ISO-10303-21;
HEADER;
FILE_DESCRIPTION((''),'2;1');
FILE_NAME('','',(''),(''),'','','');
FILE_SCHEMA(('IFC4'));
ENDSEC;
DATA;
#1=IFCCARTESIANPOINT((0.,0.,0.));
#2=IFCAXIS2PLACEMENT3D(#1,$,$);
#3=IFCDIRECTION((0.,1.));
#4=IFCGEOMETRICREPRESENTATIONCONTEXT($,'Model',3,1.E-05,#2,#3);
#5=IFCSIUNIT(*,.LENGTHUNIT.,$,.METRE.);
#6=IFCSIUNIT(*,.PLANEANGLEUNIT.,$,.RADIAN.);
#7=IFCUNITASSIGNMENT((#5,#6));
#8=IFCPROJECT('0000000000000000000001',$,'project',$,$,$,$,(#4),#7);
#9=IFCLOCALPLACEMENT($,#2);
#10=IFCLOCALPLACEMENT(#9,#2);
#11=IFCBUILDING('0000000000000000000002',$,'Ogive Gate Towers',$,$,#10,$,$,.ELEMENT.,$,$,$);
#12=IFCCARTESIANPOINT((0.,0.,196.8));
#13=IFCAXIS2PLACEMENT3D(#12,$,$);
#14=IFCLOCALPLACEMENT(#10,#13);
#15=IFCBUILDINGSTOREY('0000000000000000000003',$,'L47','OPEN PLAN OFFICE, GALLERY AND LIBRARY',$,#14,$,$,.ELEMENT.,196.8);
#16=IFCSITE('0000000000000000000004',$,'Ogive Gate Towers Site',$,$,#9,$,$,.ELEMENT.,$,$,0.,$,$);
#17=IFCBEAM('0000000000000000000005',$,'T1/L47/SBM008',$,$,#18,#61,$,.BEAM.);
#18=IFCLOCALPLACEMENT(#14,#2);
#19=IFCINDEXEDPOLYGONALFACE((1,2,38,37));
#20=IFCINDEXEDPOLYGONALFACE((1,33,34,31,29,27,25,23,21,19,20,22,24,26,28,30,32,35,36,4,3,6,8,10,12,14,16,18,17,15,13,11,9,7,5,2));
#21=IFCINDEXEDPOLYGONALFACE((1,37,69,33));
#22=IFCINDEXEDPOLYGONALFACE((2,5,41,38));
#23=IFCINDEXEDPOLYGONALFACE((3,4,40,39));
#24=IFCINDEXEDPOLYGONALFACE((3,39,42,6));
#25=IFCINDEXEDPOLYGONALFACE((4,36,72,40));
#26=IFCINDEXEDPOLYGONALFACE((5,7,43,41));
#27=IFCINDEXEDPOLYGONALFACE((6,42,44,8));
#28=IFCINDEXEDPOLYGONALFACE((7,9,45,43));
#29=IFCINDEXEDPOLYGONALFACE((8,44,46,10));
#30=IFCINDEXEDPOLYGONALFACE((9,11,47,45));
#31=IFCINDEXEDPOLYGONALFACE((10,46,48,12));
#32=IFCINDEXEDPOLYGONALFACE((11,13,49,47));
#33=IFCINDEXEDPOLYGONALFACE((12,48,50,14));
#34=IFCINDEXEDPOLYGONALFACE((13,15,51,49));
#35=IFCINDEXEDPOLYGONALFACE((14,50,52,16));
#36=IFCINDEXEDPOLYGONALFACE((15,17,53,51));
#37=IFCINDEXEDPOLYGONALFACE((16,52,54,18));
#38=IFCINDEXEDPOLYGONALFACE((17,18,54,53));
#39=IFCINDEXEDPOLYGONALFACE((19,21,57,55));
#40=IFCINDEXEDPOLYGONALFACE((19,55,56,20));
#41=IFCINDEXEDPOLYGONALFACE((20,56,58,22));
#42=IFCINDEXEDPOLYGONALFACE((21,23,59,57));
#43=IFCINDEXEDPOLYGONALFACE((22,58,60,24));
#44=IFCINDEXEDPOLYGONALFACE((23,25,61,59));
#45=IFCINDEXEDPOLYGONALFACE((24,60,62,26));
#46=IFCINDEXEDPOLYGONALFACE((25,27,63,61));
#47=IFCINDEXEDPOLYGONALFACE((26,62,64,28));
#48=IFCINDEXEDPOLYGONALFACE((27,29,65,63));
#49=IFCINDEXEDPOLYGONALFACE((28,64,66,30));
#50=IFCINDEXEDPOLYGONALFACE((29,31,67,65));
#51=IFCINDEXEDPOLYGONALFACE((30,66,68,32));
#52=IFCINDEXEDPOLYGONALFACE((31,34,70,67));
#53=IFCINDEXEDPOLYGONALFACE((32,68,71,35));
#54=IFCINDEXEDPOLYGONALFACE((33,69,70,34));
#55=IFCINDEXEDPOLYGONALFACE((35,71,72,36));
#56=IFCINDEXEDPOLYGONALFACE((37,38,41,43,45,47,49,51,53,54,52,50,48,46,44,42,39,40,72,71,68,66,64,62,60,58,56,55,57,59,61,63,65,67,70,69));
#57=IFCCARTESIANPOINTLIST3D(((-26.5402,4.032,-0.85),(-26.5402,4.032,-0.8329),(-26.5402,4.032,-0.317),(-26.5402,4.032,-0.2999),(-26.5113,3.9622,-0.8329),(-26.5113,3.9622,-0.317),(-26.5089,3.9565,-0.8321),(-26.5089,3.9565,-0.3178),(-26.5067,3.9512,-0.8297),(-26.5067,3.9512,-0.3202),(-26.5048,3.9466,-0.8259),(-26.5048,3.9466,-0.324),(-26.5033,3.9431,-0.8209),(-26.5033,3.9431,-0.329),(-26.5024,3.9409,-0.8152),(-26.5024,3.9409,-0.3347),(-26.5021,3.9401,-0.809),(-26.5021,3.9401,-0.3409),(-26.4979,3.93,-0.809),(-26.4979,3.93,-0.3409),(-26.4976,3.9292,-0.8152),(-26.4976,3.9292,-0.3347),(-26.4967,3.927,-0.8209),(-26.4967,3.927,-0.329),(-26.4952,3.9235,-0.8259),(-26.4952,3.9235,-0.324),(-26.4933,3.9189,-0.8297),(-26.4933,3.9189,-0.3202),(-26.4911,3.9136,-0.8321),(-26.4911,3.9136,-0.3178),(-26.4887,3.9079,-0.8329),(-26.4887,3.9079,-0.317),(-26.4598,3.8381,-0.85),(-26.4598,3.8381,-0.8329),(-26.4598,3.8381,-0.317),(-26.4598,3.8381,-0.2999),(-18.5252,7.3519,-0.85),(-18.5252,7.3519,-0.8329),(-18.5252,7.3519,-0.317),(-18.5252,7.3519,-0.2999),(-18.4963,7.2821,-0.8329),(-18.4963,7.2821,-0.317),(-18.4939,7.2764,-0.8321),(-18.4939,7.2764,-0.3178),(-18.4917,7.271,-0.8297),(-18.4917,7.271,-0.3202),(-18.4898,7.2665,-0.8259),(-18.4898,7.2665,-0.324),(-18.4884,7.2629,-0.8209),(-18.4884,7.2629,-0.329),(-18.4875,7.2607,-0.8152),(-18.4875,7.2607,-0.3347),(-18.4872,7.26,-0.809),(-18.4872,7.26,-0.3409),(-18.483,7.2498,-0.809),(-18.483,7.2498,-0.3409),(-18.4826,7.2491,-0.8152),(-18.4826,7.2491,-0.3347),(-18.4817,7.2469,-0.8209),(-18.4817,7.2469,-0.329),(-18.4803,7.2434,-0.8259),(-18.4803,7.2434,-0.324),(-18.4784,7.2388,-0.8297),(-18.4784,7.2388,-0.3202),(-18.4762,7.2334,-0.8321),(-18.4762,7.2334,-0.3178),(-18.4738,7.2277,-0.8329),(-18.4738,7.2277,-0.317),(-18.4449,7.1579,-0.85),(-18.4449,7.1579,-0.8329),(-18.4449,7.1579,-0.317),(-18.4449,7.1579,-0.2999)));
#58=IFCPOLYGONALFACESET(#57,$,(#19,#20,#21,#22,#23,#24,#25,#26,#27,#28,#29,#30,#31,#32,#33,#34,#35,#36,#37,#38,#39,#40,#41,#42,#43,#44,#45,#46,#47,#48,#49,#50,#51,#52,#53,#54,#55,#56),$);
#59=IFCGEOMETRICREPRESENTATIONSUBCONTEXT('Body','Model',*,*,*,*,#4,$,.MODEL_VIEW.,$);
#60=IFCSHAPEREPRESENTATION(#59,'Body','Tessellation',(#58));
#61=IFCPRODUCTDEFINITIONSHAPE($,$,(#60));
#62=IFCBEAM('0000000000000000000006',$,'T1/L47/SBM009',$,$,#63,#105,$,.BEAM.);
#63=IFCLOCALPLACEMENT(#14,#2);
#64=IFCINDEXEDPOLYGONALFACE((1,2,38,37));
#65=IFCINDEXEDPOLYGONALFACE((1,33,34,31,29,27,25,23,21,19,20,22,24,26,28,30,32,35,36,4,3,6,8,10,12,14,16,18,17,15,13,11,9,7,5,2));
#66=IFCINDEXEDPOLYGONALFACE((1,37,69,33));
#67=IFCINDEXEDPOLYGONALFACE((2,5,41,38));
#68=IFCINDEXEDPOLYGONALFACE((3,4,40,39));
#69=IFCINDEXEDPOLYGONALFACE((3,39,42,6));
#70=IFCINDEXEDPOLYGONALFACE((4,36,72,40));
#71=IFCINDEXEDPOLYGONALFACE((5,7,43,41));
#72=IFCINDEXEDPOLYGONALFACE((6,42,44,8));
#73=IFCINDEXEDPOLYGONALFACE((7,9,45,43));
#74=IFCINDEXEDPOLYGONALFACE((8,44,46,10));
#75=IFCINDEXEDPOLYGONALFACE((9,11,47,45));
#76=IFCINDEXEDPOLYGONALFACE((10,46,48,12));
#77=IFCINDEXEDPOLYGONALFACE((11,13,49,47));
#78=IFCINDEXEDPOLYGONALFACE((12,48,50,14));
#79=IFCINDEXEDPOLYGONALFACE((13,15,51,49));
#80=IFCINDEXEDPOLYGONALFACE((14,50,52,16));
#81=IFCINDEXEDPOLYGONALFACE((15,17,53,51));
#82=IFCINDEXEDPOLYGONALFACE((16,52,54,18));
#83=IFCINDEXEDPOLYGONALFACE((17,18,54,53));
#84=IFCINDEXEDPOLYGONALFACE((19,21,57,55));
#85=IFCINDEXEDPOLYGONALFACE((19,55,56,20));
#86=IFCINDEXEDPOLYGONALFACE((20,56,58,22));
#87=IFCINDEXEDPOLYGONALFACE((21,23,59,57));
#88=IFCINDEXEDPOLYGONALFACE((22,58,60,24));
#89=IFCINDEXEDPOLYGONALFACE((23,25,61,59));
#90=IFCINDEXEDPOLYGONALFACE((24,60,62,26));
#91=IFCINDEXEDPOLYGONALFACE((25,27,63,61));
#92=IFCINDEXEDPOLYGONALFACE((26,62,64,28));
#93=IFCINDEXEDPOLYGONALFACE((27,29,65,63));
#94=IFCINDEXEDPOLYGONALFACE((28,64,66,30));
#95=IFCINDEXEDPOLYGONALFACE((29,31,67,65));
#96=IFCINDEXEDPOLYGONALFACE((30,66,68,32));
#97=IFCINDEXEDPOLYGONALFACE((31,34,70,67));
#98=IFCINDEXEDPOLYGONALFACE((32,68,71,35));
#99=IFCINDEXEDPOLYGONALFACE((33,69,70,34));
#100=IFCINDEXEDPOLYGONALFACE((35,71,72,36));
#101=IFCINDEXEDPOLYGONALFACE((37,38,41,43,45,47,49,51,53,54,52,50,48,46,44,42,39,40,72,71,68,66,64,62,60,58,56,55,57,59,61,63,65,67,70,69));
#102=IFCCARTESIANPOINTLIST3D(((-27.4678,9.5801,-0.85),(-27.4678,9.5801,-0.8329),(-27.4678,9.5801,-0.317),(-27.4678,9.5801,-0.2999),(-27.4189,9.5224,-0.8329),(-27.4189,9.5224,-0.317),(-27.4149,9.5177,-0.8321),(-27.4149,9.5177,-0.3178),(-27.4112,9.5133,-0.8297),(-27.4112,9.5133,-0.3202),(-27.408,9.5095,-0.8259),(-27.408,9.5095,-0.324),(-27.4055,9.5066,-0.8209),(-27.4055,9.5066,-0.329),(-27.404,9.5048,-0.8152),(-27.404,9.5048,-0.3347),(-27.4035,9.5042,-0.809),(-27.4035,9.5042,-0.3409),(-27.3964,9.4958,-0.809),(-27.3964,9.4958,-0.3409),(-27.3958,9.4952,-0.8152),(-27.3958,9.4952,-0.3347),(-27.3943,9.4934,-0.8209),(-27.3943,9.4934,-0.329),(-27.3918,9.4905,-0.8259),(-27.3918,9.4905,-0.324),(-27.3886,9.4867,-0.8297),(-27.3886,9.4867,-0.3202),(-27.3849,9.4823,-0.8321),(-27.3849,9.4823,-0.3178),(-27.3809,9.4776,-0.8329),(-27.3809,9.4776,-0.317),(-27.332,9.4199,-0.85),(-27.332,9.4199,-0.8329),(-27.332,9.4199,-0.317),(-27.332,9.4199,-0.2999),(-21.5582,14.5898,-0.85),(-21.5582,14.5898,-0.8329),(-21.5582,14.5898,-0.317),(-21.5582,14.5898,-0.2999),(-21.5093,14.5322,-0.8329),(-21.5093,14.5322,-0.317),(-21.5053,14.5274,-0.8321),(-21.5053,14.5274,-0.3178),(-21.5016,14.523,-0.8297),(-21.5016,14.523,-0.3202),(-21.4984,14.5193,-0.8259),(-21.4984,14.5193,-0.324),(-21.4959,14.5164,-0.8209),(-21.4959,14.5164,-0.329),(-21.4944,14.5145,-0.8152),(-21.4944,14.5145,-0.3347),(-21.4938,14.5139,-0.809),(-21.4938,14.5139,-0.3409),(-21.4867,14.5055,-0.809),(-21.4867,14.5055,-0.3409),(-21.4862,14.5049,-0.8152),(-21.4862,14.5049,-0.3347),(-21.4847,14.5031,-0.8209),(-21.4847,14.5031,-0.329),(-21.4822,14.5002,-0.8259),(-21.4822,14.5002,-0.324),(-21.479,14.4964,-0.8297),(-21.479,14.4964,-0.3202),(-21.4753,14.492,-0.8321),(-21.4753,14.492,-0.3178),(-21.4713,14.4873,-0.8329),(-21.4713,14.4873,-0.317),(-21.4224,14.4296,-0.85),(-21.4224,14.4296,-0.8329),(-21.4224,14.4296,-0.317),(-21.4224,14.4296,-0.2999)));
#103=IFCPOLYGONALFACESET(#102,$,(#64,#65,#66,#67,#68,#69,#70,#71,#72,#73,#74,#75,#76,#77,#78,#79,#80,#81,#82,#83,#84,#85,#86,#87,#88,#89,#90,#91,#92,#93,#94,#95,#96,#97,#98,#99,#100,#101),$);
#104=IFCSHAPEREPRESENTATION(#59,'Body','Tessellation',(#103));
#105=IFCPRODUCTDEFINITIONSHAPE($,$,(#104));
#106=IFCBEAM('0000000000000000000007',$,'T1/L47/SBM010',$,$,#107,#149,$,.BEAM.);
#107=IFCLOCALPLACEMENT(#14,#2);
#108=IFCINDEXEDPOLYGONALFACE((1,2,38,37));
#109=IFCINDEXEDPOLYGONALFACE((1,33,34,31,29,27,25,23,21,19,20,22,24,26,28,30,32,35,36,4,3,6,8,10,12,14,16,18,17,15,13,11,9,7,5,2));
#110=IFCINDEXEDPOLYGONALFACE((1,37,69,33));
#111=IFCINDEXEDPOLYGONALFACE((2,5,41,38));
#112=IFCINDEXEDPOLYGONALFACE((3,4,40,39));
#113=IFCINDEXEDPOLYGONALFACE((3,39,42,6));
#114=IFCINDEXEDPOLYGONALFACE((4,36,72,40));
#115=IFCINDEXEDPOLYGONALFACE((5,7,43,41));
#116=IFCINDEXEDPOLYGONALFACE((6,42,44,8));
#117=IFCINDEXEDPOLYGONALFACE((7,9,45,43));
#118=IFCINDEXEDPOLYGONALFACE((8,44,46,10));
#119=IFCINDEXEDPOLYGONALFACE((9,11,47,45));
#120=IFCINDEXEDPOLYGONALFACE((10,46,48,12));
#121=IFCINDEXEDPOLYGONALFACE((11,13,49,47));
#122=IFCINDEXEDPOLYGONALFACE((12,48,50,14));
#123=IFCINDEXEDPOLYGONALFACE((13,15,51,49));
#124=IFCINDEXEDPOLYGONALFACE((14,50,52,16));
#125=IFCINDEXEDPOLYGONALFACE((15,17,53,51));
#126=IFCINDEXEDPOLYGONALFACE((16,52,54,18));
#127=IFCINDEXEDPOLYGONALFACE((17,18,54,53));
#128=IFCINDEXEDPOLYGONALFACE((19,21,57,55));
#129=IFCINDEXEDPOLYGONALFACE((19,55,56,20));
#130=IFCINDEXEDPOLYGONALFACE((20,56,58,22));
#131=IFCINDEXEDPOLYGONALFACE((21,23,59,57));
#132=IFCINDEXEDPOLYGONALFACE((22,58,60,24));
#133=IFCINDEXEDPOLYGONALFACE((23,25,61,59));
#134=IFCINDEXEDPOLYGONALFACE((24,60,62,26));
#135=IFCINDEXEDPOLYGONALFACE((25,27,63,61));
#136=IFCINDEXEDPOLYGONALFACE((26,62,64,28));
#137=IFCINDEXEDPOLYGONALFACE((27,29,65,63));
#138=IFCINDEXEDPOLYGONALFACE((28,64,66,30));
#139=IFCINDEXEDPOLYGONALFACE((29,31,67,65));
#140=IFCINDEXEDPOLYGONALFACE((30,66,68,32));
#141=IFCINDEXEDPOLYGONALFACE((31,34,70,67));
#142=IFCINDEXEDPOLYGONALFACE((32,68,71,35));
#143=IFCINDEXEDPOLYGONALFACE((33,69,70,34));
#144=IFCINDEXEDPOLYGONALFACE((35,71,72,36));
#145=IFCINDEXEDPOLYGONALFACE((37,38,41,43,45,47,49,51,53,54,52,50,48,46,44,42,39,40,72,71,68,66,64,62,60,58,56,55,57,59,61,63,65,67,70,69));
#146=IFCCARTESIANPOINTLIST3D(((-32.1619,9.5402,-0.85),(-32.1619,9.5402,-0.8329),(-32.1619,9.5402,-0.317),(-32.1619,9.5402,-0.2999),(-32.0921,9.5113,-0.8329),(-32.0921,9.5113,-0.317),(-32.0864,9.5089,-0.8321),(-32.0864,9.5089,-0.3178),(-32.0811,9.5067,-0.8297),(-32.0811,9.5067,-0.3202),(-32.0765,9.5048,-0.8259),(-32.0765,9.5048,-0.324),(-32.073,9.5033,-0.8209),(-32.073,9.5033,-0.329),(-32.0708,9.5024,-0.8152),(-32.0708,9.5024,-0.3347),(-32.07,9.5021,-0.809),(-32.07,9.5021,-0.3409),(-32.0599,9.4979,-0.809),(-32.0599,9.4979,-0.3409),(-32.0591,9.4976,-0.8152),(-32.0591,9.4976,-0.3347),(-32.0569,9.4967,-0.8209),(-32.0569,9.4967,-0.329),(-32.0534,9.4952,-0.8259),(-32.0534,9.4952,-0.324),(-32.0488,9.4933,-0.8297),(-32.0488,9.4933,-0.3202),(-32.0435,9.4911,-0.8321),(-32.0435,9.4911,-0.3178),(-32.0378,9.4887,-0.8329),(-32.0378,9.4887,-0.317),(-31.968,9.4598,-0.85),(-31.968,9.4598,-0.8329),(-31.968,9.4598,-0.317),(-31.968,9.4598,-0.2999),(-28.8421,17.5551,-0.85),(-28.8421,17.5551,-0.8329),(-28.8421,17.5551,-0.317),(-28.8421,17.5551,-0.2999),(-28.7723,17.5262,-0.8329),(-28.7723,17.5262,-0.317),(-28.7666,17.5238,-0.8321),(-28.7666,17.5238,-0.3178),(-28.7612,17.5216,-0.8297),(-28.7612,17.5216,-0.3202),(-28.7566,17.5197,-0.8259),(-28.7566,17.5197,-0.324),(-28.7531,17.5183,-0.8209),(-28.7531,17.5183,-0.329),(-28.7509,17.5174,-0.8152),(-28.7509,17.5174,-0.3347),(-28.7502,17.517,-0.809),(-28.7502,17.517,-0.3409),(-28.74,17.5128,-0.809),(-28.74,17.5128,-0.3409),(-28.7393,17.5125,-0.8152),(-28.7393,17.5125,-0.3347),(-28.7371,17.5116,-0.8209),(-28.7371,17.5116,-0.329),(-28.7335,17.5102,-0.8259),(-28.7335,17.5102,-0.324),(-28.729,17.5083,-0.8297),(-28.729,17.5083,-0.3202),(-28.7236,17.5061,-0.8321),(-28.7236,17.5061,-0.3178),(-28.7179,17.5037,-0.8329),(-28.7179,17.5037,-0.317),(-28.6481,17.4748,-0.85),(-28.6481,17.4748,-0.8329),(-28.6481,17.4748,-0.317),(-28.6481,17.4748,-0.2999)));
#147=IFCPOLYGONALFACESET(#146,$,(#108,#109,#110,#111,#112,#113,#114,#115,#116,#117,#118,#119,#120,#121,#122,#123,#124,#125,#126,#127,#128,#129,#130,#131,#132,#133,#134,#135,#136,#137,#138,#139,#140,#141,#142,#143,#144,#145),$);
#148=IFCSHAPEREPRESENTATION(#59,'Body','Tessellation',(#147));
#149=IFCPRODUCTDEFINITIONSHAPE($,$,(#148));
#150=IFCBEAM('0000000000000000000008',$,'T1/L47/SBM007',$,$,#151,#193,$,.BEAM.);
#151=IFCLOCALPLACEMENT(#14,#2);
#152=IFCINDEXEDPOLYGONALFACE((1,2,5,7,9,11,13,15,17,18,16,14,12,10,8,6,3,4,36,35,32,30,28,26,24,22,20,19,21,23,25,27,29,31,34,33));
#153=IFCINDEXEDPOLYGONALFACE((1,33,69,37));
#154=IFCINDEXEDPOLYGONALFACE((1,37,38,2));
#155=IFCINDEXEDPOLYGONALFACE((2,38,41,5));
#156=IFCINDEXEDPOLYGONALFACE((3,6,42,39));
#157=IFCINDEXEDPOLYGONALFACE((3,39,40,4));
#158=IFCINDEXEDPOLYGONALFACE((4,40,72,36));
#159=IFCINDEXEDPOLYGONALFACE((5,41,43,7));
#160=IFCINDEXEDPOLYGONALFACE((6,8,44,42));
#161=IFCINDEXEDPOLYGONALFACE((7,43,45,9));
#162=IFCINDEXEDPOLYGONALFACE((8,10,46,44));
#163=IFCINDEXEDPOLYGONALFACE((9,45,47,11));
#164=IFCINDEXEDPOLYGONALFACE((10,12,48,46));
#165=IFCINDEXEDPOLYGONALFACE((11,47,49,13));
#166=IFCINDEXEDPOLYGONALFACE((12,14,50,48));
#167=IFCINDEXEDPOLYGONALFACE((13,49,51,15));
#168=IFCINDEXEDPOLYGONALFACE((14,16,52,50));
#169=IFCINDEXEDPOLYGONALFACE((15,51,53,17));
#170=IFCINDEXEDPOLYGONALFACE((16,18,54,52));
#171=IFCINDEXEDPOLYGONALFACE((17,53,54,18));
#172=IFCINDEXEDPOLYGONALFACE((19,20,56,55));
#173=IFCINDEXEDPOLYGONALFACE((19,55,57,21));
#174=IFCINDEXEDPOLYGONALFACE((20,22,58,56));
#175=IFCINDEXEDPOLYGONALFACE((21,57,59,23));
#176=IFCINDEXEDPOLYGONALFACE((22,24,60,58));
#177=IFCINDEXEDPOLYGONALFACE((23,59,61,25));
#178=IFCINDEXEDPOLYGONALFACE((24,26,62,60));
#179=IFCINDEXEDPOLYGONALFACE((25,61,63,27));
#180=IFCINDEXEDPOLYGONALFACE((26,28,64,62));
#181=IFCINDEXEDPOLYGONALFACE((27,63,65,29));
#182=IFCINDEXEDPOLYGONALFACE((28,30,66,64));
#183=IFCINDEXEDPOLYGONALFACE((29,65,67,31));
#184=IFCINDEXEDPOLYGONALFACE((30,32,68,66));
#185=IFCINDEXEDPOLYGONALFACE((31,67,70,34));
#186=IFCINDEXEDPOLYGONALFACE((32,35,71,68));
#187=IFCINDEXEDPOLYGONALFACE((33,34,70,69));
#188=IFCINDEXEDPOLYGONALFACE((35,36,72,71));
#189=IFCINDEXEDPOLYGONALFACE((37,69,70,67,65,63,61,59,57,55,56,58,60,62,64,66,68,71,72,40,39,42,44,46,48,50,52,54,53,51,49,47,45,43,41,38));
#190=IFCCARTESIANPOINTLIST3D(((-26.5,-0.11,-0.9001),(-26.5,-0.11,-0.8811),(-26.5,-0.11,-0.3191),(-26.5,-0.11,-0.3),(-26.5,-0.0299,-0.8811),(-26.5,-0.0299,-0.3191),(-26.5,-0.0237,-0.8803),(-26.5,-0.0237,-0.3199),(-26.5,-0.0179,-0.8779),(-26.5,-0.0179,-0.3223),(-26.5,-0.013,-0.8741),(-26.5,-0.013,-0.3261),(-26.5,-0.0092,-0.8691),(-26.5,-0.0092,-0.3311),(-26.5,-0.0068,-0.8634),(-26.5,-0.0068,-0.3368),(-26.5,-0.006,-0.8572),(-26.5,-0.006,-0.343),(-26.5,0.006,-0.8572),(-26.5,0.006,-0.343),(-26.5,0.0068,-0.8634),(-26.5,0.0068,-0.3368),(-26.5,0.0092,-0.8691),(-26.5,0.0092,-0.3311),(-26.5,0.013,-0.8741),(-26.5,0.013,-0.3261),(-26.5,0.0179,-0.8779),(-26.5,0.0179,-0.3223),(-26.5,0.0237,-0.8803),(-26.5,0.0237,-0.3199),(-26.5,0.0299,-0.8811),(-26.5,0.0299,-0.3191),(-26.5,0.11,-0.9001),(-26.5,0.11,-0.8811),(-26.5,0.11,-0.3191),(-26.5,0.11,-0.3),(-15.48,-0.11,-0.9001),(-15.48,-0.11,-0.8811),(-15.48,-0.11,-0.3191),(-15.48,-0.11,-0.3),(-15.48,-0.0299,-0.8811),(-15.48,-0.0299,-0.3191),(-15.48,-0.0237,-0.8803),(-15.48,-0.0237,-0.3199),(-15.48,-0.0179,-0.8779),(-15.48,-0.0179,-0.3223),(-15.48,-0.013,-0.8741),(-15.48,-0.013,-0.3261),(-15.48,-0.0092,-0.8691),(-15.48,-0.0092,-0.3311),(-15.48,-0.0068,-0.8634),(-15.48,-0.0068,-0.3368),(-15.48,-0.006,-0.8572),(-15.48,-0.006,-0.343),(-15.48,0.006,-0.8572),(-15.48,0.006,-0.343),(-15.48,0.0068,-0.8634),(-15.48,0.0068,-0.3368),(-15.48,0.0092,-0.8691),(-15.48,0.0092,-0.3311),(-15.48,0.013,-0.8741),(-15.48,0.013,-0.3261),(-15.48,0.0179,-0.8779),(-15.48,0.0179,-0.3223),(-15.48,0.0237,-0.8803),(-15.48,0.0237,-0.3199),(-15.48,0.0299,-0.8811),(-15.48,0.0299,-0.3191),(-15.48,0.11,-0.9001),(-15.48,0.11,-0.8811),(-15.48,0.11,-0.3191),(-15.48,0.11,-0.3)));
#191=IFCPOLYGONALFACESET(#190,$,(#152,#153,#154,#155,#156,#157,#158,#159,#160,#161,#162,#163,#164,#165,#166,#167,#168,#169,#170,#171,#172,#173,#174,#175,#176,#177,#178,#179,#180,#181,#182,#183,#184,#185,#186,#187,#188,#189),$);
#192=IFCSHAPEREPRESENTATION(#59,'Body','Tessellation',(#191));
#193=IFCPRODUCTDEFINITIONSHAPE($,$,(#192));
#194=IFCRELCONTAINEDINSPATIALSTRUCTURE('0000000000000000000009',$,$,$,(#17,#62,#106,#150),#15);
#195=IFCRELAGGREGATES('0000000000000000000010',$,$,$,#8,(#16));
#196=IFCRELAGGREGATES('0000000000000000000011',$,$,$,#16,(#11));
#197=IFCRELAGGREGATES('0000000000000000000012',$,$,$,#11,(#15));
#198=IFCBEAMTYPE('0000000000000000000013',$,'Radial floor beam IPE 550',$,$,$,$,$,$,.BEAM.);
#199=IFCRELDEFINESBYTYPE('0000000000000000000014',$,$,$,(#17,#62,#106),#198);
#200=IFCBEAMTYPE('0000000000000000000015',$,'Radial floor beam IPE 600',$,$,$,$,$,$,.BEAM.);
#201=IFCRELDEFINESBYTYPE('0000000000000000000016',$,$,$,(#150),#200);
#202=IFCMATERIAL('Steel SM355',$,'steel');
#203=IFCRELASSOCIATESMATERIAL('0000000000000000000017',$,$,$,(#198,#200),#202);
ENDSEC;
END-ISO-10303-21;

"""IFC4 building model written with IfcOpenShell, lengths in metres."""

from ifc_helpers import new_model, si_unit, direction, frame, origin, origin_2d, place, context, subcontext, project, spatial, i_section, extrude, material, material_profile, profile_set, type_object, element, save


model = new_model("IFC4")

# Units and contexts
model_context = context("Model", 3, precision=1e-05, world=origin(), true_north=direction((0.0, 1.0)))
body_context = subcontext(model_context, "Body", "Model", "MODEL_VIEW")
ifc_project = project(units=[si_unit("LENGTHUNIT", "METRE"), si_unit("PLANEANGLEUNIT", "RADIAN")], contexts=[model_context])

# Site, building, storey
site_placement = place(None, origin())
site = spatial("IfcSite", under=ifc_project, at=site_placement, Name="Ogive Gate Towers Site", CompositionType="ELEMENT", RefElevation=0.0)
building_placement = place(site_placement, origin())
building = spatial("IfcBuilding", under=site, at=building_placement, Name="Ogive Gate Towers", CompositionType="ELEMENT")
storey_placement = place(building_placement, frame((0.0, 0.0, 196.8)))
storey = spatial("IfcBuildingStorey", under=building, at=storey_placement, Name="L47", Description="OPEN PLAN OFFICE, GALLERY AND LIBRARY", CompositionType="ELEMENT", Elevation=196.8)

# Beams
ifc_material_1 = material(Name="Steel SM355", Category="steel")
ifc_material_profile_1 = material_profile(ifc_material_1, i_section(OverallWidth=0.21, OverallDepth=0.55, WebThickness=0.011, FlangeThickness=0.0171, FilletRadius=0.0239, at=origin_2d()), Name="IPE 550")
ifc_profile_set_1 = profile_set([ifc_material_profile_1], Name="Steel SM355")
beam_type_1 = type_object("IfcBeamType", Name="Radial floor beam IPE 550", PredefinedType="BEAM", material=ifc_profile_set_1)
beam_1_placement = place(storey_placement, frame((-26.5, 3.9351, -0.575), z_axis=(0.923882, 0.382678, 0.0), x_axis=(-0.382678, 0.923882, 0.0)))
element("IfcBeam", 1, at=beam_1_placement, inside=storey, type_object=beam_type_1, Name="T1/L47/SBM008", PredefinedType="BEAM", context=body_context, shape_type="SweptSolid", body=[
    extrude(i_section(OverallWidth=0.21, OverallDepth=0.55, WebThickness=0.011, FlangeThickness=0.0171, FilletRadius=0.0239, at=origin_2d()), origin(), (0.0, 0.0, 1.0), 8.6753),
])
beam_2_placement = place(storey_placement, frame((-27.3999, 9.5, -0.575), z_axis=(0.762795, 0.64664, 0.0), x_axis=(-0.64664, 0.762795, 0.0)))
element("IfcBeam", 2, at=beam_2_placement, inside=storey, type_object=beam_type_1, Name="T1/L47/SBM009", PredefinedType="BEAM", context=body_context, shape_type="SweptSolid", body=[
    extrude(i_section(OverallWidth=0.21, OverallDepth=0.55, WebThickness=0.011, FlangeThickness=0.0171, FilletRadius=0.0239, at=origin_2d()), origin(), (0.0, 0.0, 1.0), 7.7473),
])
beam_3_placement = place(storey_placement, frame((-32.0649, 9.5, -0.575), z_axis=(0.382678, 0.923882, 0.0), x_axis=(-0.923882, 0.382678, 0.0)))
element("IfcBeam", 3, at=beam_3_placement, inside=storey, type_object=beam_type_1, Name="T1/L47/SBM010", PredefinedType="BEAM", context=body_context, shape_type="SweptSolid", body=[
    extrude(i_section(OverallWidth=0.21, OverallDepth=0.55, WebThickness=0.011, FlangeThickness=0.0171, FilletRadius=0.0239, at=origin_2d()), origin(), (0.0, 0.0, 1.0), 8.6753),
])
ifc_material_profile_2 = material_profile(ifc_material_1, i_section(OverallWidth=0.22, OverallDepth=0.6001, WebThickness=0.012, FlangeThickness=0.019, FilletRadius=0.0239, at=origin_2d()), Name="IPE 600")
ifc_profile_set_2 = profile_set([ifc_material_profile_2], Name="Steel SM355")
beam_type_2 = type_object("IfcBeamType", Name="Radial floor beam IPE 600", PredefinedType="BEAM", material=ifc_profile_set_2)
for number, where, z_axis, x_axis, name in (
    (4, (-26.5, 0.0, -0.6001), (1.0, 0.0, 0.0), (0.0, 1.0, 0.0), "T1/L47/SBM007"),
):
    element("IfcBeam", number, at=place(storey_placement, frame(where, z_axis=z_axis, x_axis=x_axis)), inside=storey, type_object=beam_type_2, Name=name, PredefinedType="BEAM", context=body_context, shape_type="SweptSolid", body=[
        extrude(i_section(OverallWidth=0.22, OverallDepth=0.6001, WebThickness=0.012, FlangeThickness=0.019, FilletRadius=0.0239, at=origin_2d()), origin(), (0.0, 0.0, 1.0), 11.02),
    ])

save(model, "model.ifc")
